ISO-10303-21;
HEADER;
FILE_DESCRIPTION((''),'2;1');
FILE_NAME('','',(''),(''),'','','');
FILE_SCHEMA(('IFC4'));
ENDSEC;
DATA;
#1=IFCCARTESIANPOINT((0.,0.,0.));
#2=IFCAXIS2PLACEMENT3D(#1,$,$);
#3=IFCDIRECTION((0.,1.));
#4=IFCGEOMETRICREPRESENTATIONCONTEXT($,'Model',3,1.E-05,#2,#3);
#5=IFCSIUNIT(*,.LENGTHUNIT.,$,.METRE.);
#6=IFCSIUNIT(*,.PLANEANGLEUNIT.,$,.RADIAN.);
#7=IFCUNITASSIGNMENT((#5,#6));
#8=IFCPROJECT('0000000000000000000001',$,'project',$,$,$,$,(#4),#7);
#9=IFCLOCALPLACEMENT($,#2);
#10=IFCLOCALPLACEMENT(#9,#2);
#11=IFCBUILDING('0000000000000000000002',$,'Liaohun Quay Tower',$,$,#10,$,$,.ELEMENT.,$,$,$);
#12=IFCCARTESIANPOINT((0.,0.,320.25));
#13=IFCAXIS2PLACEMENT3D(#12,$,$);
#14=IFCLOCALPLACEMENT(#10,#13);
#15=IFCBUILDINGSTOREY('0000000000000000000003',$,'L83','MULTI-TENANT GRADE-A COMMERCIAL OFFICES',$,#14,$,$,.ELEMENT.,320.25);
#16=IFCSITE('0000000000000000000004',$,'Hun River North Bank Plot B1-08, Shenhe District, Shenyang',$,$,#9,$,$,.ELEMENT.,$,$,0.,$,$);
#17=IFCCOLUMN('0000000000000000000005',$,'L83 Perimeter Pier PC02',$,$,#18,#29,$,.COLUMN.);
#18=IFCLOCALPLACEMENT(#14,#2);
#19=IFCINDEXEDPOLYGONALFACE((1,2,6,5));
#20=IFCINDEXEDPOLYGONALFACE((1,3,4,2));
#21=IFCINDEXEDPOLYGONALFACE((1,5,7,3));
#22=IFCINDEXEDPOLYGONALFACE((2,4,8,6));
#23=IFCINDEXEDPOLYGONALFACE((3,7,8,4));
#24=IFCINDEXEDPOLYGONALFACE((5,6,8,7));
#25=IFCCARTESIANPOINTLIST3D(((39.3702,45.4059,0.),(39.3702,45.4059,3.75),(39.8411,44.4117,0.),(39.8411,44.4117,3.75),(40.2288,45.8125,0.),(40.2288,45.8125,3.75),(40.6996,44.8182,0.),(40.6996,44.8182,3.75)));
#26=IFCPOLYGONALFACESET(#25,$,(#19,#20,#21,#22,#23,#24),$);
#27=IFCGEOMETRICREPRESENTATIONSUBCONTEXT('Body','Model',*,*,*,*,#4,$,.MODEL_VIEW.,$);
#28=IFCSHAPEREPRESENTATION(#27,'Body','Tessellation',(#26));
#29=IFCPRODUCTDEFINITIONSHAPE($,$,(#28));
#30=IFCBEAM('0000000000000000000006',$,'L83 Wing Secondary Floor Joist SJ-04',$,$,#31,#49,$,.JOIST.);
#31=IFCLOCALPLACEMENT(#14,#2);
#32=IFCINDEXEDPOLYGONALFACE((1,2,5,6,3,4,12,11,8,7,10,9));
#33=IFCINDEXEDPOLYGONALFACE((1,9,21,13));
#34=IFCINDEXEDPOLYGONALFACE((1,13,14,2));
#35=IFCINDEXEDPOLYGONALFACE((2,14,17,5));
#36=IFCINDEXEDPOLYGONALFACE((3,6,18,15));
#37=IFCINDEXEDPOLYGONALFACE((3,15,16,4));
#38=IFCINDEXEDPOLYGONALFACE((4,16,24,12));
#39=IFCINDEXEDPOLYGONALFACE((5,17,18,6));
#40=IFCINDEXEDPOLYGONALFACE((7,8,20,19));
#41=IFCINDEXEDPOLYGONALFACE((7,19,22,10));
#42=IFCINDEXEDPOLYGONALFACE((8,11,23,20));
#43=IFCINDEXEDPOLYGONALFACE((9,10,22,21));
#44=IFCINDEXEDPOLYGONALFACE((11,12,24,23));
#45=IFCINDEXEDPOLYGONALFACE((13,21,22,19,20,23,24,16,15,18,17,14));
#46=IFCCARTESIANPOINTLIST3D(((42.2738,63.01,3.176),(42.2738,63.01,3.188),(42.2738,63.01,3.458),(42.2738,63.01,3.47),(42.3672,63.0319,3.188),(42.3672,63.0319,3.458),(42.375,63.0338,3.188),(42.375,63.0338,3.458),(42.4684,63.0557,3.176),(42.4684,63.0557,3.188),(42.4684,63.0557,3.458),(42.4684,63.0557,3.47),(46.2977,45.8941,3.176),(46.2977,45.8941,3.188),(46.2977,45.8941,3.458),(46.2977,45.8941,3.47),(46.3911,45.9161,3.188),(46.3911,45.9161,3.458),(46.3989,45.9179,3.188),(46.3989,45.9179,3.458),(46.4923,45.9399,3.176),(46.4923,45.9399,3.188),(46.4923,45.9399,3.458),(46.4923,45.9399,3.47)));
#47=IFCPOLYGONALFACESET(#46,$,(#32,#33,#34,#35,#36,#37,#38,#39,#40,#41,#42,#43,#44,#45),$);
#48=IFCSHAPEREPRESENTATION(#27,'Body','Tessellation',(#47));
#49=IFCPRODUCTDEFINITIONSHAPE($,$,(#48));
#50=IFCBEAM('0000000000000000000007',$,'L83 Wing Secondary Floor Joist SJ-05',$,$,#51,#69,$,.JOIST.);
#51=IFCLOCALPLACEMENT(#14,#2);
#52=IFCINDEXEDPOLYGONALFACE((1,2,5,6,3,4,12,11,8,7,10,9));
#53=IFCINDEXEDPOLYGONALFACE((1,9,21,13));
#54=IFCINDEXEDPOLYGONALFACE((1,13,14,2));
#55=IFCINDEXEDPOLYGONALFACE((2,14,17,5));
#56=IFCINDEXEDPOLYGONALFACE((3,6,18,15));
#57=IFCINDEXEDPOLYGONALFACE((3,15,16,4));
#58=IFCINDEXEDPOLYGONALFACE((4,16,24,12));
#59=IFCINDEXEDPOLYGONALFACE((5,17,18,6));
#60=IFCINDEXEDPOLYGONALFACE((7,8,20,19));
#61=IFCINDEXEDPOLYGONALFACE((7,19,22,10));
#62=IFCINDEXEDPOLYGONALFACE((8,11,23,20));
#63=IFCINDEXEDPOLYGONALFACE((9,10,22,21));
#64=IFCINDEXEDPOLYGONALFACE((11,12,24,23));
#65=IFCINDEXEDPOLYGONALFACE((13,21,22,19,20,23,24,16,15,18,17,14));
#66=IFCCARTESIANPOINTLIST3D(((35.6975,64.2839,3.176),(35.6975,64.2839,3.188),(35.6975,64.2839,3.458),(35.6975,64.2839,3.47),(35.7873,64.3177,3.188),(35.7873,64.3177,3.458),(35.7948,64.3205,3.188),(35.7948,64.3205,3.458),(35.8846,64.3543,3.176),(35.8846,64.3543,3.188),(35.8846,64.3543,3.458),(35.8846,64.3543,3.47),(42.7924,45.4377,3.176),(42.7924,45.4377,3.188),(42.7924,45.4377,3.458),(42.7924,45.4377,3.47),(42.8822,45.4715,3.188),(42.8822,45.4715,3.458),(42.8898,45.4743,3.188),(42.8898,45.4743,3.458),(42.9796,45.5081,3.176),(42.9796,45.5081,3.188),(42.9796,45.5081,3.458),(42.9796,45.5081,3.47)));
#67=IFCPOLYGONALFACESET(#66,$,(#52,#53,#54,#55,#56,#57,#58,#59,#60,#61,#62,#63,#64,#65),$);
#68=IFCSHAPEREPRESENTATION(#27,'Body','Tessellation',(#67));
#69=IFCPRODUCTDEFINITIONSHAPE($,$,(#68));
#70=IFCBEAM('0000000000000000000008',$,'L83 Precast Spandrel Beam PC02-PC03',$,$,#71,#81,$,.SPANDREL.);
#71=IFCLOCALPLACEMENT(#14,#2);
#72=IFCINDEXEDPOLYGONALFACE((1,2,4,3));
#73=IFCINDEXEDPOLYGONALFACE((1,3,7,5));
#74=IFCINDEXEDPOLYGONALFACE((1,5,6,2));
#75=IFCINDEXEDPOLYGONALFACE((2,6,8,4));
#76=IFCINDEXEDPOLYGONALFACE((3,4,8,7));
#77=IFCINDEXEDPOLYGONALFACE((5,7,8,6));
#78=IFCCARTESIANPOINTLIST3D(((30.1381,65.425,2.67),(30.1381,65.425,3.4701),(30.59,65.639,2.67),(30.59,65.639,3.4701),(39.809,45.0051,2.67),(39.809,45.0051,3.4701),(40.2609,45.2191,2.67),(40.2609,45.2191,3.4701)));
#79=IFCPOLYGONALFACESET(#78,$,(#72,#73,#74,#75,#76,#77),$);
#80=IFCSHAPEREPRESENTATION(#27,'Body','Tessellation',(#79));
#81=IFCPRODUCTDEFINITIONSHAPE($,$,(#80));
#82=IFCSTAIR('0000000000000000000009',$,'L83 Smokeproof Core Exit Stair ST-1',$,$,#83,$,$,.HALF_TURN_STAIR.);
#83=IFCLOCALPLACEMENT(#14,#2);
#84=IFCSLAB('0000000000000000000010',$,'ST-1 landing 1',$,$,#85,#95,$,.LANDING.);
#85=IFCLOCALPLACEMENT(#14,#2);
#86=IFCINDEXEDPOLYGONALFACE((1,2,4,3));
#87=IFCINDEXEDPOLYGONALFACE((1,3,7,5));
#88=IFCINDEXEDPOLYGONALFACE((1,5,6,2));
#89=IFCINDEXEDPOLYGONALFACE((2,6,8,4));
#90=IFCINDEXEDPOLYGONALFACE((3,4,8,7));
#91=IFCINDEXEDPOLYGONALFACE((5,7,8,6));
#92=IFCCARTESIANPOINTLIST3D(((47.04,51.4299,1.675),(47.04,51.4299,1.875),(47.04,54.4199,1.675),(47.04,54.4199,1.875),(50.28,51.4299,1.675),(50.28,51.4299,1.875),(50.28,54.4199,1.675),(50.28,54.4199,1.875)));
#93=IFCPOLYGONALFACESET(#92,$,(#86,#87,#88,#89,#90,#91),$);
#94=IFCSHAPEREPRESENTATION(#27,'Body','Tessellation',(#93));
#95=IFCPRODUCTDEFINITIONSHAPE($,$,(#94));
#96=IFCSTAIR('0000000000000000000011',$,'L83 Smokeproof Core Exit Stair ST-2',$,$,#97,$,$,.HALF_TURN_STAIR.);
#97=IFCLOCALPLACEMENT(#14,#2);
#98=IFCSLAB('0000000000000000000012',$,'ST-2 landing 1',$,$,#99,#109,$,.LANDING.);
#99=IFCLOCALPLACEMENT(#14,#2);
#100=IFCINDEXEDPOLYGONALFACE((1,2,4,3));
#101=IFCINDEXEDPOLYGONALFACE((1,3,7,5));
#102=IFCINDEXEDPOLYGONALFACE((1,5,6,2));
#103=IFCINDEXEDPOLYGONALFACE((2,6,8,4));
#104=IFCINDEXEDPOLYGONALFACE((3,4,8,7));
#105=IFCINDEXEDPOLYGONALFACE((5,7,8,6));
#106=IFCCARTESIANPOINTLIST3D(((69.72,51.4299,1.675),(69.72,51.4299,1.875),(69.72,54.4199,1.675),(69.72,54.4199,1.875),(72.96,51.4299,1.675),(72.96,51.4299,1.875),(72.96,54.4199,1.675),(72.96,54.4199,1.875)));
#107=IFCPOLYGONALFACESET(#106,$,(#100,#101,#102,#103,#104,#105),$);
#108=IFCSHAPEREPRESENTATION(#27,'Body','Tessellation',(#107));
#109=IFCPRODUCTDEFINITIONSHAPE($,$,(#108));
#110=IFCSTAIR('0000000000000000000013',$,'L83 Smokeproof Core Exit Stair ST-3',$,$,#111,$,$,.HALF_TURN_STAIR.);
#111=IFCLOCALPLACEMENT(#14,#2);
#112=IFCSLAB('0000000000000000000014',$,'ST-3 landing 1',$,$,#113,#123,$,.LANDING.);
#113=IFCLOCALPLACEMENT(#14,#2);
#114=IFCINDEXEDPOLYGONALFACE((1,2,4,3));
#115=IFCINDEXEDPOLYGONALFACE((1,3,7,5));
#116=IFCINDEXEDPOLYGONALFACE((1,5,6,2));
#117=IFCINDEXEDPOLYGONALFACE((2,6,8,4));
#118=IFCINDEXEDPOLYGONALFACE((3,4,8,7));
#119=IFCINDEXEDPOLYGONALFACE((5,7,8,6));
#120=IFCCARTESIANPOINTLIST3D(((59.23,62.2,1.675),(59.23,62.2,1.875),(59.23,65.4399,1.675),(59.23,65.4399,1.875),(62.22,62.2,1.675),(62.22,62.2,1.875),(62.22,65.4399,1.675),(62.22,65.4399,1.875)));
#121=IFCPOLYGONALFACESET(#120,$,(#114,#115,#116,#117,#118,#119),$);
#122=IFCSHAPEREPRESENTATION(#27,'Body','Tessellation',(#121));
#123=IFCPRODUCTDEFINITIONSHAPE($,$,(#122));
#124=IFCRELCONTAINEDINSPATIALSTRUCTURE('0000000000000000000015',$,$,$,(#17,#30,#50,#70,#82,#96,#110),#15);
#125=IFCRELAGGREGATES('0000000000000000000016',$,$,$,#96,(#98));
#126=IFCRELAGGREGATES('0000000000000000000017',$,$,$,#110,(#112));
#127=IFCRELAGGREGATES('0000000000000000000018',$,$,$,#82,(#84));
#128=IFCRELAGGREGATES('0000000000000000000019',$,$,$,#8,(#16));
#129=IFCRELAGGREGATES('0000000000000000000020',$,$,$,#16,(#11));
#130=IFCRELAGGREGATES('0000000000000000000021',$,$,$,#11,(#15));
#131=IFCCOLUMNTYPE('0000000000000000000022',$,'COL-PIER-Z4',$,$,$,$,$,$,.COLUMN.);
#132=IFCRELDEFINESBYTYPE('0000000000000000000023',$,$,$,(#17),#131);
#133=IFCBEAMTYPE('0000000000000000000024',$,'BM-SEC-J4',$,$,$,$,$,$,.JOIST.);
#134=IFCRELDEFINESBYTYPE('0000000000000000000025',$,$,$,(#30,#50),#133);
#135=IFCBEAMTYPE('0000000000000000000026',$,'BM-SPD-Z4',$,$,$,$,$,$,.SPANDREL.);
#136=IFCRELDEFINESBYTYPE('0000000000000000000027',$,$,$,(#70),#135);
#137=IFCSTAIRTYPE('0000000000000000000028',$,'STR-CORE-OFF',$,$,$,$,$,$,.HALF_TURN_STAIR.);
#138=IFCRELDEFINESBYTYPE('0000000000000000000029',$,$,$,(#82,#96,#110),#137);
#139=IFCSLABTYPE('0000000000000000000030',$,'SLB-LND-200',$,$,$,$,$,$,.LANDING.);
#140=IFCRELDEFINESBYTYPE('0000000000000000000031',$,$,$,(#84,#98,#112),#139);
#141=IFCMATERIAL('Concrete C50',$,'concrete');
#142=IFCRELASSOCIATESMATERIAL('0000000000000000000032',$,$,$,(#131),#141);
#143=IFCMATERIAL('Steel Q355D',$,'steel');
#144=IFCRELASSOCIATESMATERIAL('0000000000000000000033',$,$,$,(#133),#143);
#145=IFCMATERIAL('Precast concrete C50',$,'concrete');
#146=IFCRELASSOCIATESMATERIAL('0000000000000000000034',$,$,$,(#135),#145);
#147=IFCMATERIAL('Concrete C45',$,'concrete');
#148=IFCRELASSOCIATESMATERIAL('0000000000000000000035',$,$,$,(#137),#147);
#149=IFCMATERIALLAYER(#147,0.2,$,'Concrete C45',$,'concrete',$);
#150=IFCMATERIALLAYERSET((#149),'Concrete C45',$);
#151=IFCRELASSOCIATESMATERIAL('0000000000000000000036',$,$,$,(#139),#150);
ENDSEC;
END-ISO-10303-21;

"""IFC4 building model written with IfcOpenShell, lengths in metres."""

from ifc_helpers import new_model, si_unit, direction, frame, origin, origin_2d, place, context, subcontext, project, spatial, polyline, rectangle, i_section, outline, extrude, source, transform, mapped, material, layer, layer_set, material_profile, profile_set, type_object, element, aggregate, save


model = new_model("IFC4")

# Units and contexts
model_context = context("Model", 3, precision=1e-05, world=origin(), true_north=direction((0.0, 1.0)))
body_context = subcontext(model_context, "Body", "Model", "MODEL_VIEW")
ifc_project = project(units=[si_unit("LENGTHUNIT", "METRE"), si_unit("PLANEANGLEUNIT", "RADIAN")], contexts=[model_context])

# Site, building, storey
site_placement = place(None, origin())
site = spatial("IfcSite", under=ifc_project, at=site_placement, Name="Hun River North Bank Plot B1-08, Shenhe District, Shenyang", CompositionType="ELEMENT", RefElevation=0.0)
building_placement = place(site_placement, origin())
building = spatial("IfcBuilding", under=site, at=building_placement, Name="Liaohun Quay Tower", CompositionType="ELEMENT")
storey_placement = place(building_placement, frame((0.0, 0.0, 320.25)))
storey = spatial("IfcBuildingStorey", under=building, at=storey_placement, Name="L83", Description="MULTI-TENANT GRADE-A COMMERCIAL OFFICES", CompositionType="ELEMENT", Elevation=320.25)

# Column
ifc_material_1 = material(Name="Concrete C50", Category="concrete")
ifc_material_profile_1 = material_profile(ifc_material_1, rectangle(XDim=1.1001, YDim=0.95, at=origin_2d()), Name="RC1100x950")
ifc_profile_set_1 = profile_set([ifc_material_profile_1], Name="Concrete C50")
column_type = type_object("IfcColumnType", Name="COL-PIER-Z4", PredefinedType="COLUMN", material=ifc_profile_set_1)
shared_shape_1 = source(origin(), body_context, "Body", "SweptSolid", [
    extrude(rectangle(XDim=1.1001, YDim=0.95, at=origin_2d()), origin(), (0.0, 0.0, 1.0), 3.75),
])
column_placement = place(storey_placement, frame((40.0349, 45.1121, 0.0), z_axis=(0.0, 0.0, 1.0), x_axis=(-0.427989, 0.903784, 0.0)))
element("IfcColumn", 1, at=column_placement, inside=storey, type_object=column_type, Name="L83 Perimeter Pier PC02", PredefinedType="COLUMN", context=body_context, shape_type="MappedRepresentation", body=[
    mapped(shared_shape_1, transform((0.0, 0.0, 0.0), x_axis=(1.0, 0.0, 0.0), y_axis=(0.0, 1.0, 0.0), z_axis=(0.0, 0.0, 1.0), scale=1.0)),
])

# Beams
ifc_material_2 = material(Name="Steel Q355D", Category="steel")
ifc_material_profile_2 = material_profile(ifc_material_2, i_section(OverallWidth=0.2, OverallDepth=0.2939, WebThickness=0.0081, FlangeThickness=0.012, at=origin_2d()), Name="HM294x200x8x12")
ifc_profile_set_2 = profile_set([ifc_material_profile_2], Name="Steel Q355D")
beam_type_1 = type_object("IfcBeamType", Name="BM-SEC-J4", PredefinedType="JOIST", material=ifc_profile_set_2)
shared_shape_2 = source(origin(), body_context, "Body", "SweptSolid", [
    extrude(i_section(OverallWidth=0.2, OverallDepth=0.2939, WebThickness=0.0081, FlangeThickness=0.012, at=origin_2d()), origin(), (0.0, 0.0, 1.0), 17.5825),
])
beam_1_placement = place(storey_placement, frame((46.395, 45.917, 3.323), z_axis=(-0.228858, 0.97346, 0.0), x_axis=(-0.97346, -0.228858, 0.0)))
element("IfcBeam", 2, at=beam_1_placement, inside=storey, type_object=beam_type_1, Name="L83 Wing Secondary Floor Joist SJ-04", PredefinedType="JOIST", context=body_context, shape_type="MappedRepresentation", body=[
    mapped(shared_shape_2, transform((0.0, 0.0, 0.0), x_axis=(1.0, 0.0, 0.0), y_axis=(0.0, 1.0, 0.0), z_axis=(0.0, 0.0, 1.0), scale=1.0)),
])
shared_shape_3 = source(origin(), body_context, "Body", "SweptSolid", [
    extrude(i_section(OverallWidth=0.2, OverallDepth=0.2939, WebThickness=0.0081, FlangeThickness=0.012, at=origin_2d()), origin(), (0.0, 0.0, 1.0), 20.1375),
])
beam_2_placement = place(storey_placement, frame((42.886, 45.4729, 3.323), z_axis=(-0.352327, 0.935877, 0.0), x_axis=(-0.935877, -0.352327, 0.0)))
element("IfcBeam", 3, at=beam_2_placement, inside=storey, type_object=beam_type_1, Name="L83 Wing Secondary Floor Joist SJ-05", PredefinedType="JOIST", context=body_context, shape_type="MappedRepresentation", body=[
    mapped(shared_shape_3, transform((0.0, 0.0, 0.0), x_axis=(1.0, 0.0, 0.0), y_axis=(0.0, 1.0, 0.0), z_axis=(0.0, 0.0, 1.0), scale=1.0)),
])
ifc_material_3 = material(Name="Precast concrete C50", Category="concrete")
ifc_material_profile_3 = material_profile(ifc_material_3, rectangle(XDim=0.5, YDim=0.8, at=origin_2d()), Name="RC500x800")
ifc_profile_set_3 = profile_set([ifc_material_profile_3], Name="Precast concrete C50")
beam_type_2 = type_object("IfcBeamType", Name="BM-SPD-Z4", PredefinedType="SPANDREL", material=ifc_profile_set_3)
shared_shape_4 = source(origin(), body_context, "Body", "SweptSolid", [
    extrude(rectangle(XDim=0.5, YDim=0.8, at=origin_2d()), origin(), (0.0, 0.0, 1.0), 22.5942),
])
beam_3_placement = place(storey_placement, frame((40.0349, 45.1121, 3.0701), z_axis=(-0.428025, 0.903767, 0.0), x_axis=(-0.903767, -0.428025, 0.0)))
element("IfcBeam", 4, at=beam_3_placement, inside=storey, type_object=beam_type_2, Name="L83 Precast Spandrel Beam PC02-PC03", PredefinedType="SPANDREL", context=body_context, shape_type="MappedRepresentation", body=[
    mapped(shared_shape_4, transform((0.0, 0.0, 0.0), x_axis=(1.0, 0.0, 0.0), y_axis=(0.0, 1.0, 0.0), z_axis=(0.0, 0.0, 1.0), scale=1.0)),
])

# Stairs, slabs
ifc_material_4 = material(Name="Concrete C45", Category="concrete")
stair_type = type_object("IfcStairType", Name="STR-CORE-OFF", PredefinedType="HALF_TURN_STAIR", material=ifc_material_4)
stair_1_placement = place(storey_placement, origin())
stair_1 = element("IfcStair", 5, at=stair_1_placement, inside=storey, type_object=stair_type, Name="L83 Smokeproof Core Exit Stair ST-1", PredefinedType="HALF_TURN_STAIR")
ifc_layer_1 = layer(ifc_material_4, 0.2, Name="Concrete C45", Category="concrete")
ifc_layer_set_1 = layer_set([ifc_layer_1], Name="Concrete C45")
slab_type_1 = type_object("IfcSlabType", Name="SLB-LND-200", PredefinedType="LANDING", material=ifc_layer_set_1)
slab_1_placement = place(storey_placement, frame((0.0, 0.0, 1.675)))
slab_1 = element("IfcSlab", 6, at=slab_1_placement, type_object=slab_type_1, Name="ST-1 landing 1", PredefinedType="LANDING", context=body_context, shape_type="SweptSolid", body=[
    extrude(outline(polyline([(50.28, 51.4299), (50.28, 54.4199), (47.04, 54.4199), (47.04, 51.4299), (50.28, 51.4299)])), origin(), (0.0, 0.0, 1.0), 0.2),
])
stair_2_placement = place(storey_placement, origin())
stair_2 = element("IfcStair", 7, at=stair_2_placement, inside=storey, type_object=stair_type, Name="L83 Smokeproof Core Exit Stair ST-2", PredefinedType="HALF_TURN_STAIR")
slab_2_placement = place(storey_placement, frame((0.0, 0.0, 1.675)))
slab_2 = element("IfcSlab", 8, at=slab_2_placement, type_object=slab_type_1, Name="ST-2 landing 1", PredefinedType="LANDING", context=body_context, shape_type="SweptSolid", body=[
    extrude(outline(polyline([(72.96, 51.4299), (72.96, 54.4199), (69.72, 54.4199), (69.72, 51.4299), (72.96, 51.4299)])), origin(), (0.0, 0.0, 1.0), 0.2),
])
aggregate(stair_2, [slab_2])
stair_3_placement = place(storey_placement, origin())
stair_3 = element("IfcStair", 9, at=stair_3_placement, inside=storey, type_object=stair_type, Name="L83 Smokeproof Core Exit Stair ST-3", PredefinedType="HALF_TURN_STAIR")
slab_3_placement = place(storey_placement, frame((0.0, 0.0, 1.675)))
slab_3 = element("IfcSlab", 10, at=slab_3_placement, type_object=slab_type_1, Name="ST-3 landing 1", PredefinedType="LANDING", context=body_context, shape_type="SweptSolid", body=[
    extrude(outline(polyline([(59.23, 62.2), (62.22, 62.2), (62.22, 65.4399), (59.23, 65.4399), (59.23, 62.2)])), origin(), (0.0, 0.0, 1.0), 0.2),
])
aggregate(stair_3, [slab_3])

aggregate(stair_1, [slab_1])

save(model, "model.ifc")
